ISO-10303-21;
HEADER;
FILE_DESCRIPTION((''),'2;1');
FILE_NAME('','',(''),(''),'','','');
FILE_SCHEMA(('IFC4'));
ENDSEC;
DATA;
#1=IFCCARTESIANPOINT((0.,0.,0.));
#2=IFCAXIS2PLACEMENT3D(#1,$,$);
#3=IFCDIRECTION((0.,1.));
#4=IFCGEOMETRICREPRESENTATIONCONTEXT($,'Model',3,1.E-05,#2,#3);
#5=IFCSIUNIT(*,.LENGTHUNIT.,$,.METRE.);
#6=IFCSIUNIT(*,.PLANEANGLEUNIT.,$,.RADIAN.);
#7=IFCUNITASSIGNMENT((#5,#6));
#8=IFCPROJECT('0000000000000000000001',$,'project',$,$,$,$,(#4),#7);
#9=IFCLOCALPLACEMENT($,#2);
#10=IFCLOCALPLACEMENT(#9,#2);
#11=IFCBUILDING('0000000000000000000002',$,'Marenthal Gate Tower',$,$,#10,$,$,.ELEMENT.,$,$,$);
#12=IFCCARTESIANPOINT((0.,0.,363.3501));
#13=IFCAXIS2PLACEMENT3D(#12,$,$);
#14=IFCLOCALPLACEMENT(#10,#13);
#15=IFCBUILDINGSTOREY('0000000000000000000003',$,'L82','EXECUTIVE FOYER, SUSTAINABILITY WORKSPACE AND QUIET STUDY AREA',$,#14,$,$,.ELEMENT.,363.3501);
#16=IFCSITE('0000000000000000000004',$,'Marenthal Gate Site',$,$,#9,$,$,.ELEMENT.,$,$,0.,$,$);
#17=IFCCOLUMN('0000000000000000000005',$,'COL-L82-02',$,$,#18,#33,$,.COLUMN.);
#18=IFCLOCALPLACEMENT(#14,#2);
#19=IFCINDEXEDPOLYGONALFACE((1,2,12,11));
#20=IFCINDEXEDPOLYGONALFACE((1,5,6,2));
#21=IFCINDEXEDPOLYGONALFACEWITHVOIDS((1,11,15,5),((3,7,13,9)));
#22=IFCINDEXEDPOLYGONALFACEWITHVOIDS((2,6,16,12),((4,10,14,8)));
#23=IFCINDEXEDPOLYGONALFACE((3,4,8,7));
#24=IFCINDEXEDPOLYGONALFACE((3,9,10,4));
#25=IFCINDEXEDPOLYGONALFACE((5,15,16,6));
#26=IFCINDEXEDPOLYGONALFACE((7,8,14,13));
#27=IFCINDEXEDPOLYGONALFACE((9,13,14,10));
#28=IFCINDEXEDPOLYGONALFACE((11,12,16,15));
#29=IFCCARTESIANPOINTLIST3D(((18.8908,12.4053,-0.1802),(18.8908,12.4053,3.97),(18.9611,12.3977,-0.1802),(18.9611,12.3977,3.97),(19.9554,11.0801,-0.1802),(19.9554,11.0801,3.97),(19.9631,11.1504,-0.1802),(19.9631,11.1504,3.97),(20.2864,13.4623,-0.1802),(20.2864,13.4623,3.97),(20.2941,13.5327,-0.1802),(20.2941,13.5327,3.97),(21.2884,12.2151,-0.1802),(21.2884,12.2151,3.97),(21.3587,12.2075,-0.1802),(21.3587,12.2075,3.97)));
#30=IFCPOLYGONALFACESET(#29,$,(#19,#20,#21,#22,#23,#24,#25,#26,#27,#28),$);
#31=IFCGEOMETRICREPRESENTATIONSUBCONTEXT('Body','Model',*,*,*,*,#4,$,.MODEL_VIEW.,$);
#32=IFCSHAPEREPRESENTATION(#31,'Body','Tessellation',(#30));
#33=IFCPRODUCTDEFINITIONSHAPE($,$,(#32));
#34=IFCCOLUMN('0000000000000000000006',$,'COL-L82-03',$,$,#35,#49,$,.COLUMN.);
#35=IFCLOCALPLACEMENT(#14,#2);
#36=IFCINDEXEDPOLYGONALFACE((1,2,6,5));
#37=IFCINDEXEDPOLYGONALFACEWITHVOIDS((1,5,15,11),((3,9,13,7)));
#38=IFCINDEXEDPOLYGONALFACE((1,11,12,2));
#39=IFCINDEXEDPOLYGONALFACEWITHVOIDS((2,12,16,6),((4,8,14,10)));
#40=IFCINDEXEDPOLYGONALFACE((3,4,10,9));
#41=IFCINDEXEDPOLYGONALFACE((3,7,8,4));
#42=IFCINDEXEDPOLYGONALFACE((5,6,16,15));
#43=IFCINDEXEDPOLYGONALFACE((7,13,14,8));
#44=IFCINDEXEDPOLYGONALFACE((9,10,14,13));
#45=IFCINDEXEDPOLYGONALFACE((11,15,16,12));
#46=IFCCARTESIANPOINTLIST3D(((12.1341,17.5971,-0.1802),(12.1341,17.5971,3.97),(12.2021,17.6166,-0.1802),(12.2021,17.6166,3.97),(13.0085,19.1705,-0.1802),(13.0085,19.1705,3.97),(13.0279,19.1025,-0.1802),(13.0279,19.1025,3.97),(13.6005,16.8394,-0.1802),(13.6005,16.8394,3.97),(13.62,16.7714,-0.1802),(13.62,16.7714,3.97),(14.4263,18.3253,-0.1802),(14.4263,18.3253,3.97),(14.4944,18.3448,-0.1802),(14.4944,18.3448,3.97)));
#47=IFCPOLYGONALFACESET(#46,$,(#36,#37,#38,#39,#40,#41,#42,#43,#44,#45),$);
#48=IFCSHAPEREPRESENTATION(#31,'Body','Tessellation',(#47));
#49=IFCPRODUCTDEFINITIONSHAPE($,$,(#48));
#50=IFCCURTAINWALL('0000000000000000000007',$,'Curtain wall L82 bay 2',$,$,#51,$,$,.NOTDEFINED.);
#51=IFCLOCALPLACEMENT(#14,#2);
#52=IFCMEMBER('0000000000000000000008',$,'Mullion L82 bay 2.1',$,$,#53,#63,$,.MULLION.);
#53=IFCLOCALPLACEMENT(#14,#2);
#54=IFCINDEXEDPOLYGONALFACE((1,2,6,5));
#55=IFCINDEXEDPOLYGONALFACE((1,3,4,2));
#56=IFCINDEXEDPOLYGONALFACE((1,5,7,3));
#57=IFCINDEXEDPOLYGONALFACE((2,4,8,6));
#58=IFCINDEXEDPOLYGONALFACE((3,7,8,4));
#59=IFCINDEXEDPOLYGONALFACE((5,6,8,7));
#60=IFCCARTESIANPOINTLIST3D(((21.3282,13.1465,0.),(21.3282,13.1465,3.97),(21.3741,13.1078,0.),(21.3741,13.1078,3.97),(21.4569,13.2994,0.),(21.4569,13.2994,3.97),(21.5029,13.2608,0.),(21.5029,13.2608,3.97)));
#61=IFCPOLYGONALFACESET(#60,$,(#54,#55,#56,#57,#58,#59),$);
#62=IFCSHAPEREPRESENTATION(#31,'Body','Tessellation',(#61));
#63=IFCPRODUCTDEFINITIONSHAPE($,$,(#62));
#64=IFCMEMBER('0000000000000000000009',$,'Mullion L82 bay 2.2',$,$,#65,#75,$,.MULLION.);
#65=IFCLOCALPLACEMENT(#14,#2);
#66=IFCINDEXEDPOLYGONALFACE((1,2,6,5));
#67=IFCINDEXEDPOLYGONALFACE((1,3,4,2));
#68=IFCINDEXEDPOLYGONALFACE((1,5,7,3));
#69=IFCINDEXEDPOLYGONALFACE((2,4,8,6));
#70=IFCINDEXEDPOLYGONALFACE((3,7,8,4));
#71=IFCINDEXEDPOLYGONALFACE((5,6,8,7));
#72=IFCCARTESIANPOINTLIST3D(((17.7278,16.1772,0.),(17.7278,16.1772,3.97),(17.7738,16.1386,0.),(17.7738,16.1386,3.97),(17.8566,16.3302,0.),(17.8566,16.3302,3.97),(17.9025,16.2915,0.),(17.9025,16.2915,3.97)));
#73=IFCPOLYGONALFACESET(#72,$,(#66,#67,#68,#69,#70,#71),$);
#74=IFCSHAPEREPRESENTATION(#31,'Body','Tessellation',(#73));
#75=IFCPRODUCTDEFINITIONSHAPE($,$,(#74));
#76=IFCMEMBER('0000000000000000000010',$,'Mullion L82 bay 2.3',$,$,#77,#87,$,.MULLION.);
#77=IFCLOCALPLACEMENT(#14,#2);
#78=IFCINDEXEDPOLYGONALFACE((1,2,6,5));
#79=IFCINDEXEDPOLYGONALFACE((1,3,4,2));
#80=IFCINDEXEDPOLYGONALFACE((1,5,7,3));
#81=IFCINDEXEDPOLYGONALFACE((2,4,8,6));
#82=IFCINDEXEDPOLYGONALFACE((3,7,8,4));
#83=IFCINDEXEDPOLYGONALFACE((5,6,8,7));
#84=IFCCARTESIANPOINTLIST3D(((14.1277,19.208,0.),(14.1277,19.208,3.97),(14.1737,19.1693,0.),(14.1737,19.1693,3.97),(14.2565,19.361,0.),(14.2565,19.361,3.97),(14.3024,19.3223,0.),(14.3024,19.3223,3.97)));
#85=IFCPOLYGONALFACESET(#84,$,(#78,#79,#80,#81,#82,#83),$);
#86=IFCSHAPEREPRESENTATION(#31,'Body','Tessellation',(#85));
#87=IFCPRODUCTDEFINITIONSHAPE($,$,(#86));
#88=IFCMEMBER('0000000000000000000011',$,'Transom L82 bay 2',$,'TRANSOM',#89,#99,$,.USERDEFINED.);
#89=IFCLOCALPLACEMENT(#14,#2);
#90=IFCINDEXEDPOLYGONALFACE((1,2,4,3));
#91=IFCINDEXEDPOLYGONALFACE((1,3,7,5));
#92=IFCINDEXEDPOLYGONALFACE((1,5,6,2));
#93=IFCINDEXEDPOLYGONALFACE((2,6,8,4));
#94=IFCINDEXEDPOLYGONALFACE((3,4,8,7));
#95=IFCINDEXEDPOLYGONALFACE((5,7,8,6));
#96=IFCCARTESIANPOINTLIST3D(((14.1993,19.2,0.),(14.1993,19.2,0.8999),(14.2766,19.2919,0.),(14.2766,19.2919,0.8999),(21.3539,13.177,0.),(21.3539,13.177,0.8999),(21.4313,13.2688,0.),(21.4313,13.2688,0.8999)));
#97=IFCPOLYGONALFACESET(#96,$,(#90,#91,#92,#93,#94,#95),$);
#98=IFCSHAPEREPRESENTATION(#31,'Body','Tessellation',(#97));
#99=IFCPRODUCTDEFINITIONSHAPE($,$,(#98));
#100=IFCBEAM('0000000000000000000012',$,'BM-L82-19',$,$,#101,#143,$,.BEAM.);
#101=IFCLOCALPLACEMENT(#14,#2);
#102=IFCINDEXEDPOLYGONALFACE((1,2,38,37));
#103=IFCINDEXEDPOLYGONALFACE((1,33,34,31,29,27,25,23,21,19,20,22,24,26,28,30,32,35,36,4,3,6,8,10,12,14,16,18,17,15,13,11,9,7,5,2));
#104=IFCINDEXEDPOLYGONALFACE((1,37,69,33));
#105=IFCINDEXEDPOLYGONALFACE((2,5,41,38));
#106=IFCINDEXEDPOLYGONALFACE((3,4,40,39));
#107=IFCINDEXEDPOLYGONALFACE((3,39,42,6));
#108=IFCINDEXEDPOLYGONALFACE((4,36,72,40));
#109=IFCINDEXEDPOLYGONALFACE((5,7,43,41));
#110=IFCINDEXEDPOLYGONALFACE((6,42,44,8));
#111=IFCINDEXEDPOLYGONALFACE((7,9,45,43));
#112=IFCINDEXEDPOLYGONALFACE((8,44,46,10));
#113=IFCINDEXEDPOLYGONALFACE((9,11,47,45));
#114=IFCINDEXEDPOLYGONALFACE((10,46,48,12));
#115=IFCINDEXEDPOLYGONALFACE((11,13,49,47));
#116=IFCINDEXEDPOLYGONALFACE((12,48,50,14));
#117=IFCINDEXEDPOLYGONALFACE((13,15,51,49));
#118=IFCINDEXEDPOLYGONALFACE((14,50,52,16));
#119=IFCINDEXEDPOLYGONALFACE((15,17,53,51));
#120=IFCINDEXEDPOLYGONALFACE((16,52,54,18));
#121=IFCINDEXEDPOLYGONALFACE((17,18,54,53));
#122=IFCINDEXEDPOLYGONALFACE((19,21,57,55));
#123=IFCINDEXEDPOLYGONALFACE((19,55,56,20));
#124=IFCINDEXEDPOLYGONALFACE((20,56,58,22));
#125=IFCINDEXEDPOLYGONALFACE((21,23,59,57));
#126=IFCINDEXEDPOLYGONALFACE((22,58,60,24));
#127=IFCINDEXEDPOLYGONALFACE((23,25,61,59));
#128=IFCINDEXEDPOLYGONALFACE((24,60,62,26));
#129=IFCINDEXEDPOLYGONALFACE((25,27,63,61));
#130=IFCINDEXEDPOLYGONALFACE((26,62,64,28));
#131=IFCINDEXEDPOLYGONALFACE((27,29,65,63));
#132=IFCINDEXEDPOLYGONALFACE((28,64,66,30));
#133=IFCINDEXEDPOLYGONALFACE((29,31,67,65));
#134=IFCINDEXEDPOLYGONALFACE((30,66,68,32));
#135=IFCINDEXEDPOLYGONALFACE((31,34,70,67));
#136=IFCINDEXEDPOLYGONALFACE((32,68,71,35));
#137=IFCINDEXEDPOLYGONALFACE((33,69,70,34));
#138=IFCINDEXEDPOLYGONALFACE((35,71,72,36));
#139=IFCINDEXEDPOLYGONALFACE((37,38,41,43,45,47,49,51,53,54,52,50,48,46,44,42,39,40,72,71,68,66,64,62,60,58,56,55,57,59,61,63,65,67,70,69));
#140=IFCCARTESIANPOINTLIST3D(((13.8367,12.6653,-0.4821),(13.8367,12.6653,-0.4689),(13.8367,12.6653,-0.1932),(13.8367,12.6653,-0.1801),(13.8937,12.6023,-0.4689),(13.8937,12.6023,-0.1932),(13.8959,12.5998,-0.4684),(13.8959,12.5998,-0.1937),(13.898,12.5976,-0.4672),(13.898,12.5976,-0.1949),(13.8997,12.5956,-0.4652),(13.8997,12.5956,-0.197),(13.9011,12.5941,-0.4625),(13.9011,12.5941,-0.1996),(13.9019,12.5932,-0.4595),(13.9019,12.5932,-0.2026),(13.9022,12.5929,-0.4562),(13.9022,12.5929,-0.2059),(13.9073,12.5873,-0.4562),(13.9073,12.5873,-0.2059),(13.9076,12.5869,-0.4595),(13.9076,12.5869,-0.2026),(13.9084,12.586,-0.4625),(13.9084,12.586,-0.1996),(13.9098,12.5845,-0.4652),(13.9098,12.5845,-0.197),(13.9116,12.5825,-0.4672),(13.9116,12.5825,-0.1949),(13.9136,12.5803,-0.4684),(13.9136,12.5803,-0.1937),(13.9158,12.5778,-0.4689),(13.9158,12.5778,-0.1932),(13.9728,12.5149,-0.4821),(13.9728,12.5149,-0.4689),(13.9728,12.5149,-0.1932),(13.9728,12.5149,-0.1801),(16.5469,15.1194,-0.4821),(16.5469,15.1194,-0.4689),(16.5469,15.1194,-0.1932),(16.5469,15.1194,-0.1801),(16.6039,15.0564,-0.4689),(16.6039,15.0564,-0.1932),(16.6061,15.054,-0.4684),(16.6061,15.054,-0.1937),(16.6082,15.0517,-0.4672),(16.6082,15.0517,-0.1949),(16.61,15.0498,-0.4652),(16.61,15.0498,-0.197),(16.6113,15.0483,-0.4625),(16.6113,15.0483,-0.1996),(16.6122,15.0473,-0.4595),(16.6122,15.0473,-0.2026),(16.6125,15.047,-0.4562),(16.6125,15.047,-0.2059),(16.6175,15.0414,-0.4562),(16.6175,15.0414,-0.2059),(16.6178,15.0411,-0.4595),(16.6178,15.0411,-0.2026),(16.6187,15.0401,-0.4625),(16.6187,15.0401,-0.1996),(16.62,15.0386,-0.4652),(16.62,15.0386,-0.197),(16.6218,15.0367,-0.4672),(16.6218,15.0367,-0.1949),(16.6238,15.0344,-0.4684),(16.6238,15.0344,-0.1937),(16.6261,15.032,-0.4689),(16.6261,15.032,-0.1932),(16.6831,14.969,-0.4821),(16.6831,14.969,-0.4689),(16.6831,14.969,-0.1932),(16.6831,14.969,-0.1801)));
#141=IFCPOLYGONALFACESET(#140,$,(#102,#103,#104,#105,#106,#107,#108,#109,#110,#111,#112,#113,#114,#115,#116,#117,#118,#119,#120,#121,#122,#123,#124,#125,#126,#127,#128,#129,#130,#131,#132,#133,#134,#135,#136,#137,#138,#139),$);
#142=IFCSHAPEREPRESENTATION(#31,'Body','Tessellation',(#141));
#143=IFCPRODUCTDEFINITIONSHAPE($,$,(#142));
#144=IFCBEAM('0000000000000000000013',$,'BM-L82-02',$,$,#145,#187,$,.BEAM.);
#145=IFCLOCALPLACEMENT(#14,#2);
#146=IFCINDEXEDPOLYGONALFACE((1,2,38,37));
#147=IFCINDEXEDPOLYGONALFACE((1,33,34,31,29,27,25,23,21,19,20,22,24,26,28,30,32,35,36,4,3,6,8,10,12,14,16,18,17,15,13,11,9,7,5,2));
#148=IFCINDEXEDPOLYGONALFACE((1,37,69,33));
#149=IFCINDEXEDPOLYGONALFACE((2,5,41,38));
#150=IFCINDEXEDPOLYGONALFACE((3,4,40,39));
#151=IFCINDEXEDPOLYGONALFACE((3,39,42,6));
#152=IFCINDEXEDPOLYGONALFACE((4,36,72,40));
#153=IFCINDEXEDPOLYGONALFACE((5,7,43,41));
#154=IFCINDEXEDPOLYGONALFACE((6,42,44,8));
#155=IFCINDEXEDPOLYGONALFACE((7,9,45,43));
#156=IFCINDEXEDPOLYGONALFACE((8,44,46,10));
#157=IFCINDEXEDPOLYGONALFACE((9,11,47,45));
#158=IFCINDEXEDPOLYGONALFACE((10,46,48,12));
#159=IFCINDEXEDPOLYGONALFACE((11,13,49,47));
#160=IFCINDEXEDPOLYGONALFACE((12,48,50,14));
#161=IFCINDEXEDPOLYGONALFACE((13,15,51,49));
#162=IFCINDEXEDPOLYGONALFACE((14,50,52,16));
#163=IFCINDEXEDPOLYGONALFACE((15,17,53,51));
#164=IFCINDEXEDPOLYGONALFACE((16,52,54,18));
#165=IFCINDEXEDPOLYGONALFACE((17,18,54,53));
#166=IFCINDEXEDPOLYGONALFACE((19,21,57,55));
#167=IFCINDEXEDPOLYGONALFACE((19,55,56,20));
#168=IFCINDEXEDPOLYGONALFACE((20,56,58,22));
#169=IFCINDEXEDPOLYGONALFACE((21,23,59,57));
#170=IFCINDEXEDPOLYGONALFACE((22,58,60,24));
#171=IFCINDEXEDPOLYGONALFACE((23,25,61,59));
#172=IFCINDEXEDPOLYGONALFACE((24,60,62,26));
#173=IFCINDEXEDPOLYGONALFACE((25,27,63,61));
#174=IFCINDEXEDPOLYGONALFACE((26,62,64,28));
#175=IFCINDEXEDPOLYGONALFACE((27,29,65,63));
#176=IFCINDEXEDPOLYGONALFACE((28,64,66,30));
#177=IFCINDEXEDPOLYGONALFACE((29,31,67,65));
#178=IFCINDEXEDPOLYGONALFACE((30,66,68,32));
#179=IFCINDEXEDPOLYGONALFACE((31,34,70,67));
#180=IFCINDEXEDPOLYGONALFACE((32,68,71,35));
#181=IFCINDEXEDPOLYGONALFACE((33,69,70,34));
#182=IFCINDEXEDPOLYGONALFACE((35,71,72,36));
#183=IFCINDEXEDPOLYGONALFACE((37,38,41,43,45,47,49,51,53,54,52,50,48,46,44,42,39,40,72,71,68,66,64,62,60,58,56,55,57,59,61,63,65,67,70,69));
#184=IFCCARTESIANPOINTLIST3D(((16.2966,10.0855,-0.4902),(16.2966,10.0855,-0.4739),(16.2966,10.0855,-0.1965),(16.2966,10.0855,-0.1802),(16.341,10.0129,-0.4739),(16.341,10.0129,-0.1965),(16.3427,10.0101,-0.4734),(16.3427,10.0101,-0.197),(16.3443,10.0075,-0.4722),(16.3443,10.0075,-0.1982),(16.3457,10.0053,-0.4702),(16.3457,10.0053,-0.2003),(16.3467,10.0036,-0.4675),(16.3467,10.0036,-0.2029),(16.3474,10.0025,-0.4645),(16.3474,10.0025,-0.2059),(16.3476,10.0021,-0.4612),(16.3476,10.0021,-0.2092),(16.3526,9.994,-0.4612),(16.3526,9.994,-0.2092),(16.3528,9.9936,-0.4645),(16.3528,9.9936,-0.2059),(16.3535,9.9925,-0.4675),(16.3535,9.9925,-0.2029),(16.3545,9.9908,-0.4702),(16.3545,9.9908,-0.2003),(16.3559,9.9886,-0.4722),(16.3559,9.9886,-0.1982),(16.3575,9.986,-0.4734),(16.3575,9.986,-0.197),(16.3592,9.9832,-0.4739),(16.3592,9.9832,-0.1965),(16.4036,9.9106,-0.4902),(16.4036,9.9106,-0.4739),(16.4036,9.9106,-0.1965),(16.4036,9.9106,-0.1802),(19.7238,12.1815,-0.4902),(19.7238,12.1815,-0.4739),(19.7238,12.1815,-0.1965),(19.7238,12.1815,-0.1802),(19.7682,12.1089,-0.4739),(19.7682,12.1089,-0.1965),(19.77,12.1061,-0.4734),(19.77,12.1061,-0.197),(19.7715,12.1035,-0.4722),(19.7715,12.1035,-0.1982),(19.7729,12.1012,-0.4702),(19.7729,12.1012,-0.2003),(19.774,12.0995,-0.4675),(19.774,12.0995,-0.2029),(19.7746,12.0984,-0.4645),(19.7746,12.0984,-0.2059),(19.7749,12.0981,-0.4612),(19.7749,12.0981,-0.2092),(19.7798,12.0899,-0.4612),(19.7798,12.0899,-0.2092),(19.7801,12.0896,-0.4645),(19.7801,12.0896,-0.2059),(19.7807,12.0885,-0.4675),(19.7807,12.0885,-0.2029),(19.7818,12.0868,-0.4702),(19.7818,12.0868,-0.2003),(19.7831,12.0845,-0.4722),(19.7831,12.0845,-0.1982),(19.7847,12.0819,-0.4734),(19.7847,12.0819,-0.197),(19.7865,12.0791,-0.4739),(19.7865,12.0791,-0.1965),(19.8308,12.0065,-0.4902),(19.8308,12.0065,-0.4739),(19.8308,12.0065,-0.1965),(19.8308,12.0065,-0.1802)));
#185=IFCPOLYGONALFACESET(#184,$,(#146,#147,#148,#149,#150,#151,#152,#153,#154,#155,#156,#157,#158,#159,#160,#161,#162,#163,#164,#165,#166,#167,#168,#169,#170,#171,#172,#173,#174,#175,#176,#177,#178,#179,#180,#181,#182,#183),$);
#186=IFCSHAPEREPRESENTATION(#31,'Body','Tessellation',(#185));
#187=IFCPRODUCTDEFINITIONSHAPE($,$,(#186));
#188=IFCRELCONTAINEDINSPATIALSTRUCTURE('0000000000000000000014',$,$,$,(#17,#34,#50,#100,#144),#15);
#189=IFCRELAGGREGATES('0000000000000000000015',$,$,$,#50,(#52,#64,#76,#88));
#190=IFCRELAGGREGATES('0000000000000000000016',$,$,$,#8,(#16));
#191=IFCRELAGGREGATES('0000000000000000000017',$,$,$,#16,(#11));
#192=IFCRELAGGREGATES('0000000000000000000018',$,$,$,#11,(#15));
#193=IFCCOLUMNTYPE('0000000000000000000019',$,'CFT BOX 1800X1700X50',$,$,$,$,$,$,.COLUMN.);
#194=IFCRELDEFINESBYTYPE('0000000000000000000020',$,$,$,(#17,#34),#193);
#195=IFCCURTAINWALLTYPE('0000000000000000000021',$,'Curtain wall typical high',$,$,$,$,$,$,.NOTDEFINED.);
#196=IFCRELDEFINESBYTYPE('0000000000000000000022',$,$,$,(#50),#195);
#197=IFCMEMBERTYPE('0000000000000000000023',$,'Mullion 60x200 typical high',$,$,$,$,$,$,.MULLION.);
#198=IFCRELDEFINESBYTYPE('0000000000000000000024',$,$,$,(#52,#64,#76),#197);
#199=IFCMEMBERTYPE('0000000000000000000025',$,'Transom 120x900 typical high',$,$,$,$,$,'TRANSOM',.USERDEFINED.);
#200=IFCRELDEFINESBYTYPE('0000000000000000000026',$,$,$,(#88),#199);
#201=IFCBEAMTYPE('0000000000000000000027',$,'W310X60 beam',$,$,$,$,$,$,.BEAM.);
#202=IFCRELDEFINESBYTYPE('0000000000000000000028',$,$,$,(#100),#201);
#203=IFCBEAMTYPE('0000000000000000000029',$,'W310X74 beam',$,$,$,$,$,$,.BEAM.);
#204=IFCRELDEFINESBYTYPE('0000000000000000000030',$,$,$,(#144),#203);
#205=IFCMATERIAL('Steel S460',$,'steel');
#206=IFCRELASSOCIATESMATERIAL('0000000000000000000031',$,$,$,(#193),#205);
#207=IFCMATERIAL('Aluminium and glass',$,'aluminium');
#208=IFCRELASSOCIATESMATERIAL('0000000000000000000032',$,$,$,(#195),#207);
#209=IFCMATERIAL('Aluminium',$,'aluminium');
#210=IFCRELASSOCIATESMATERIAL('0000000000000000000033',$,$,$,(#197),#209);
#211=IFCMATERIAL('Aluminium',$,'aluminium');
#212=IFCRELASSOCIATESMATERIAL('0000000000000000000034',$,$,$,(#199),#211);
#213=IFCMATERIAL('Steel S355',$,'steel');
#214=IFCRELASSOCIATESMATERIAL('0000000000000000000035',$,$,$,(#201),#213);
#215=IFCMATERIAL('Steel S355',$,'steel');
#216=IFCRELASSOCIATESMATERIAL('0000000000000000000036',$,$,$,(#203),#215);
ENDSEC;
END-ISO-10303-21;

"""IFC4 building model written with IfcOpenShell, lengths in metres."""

from ifc_helpers import new_model, si_unit, direction, frame, origin, origin_2d, place, context, subcontext, project, spatial, rectangle, hollow_rectangle, i_section, extrude, material, material_profile, profile_set, type_object, element, aggregate, save


model = new_model("IFC4")

# Units and contexts
model_context = context("Model", 3, precision=1e-05, world=origin(), true_north=direction((0.0, 1.0)))
body_context = subcontext(model_context, "Body", "Model", "MODEL_VIEW")
ifc_project = project(units=[si_unit("LENGTHUNIT", "METRE"), si_unit("PLANEANGLEUNIT", "RADIAN")], contexts=[model_context])

# Site, building, storey
site_placement = place(None, origin())
site = spatial("IfcSite", under=ifc_project, at=site_placement, Name="Marenthal Gate Site", CompositionType="ELEMENT", RefElevation=0.0)
building_placement = place(site_placement, origin())
building = spatial("IfcBuilding", under=site, at=building_placement, Name="Marenthal Gate Tower", CompositionType="ELEMENT")
storey_placement = place(building_placement, frame((0.0, 0.0, 363.3501)))
storey = spatial("IfcBuildingStorey", under=building, at=storey_placement, Name="L82", Description="EXECUTIVE FOYER, SUSTAINABILITY WORKSPACE AND QUIET STUDY AREA", CompositionType="ELEMENT", Elevation=363.3501)

# Columns
ifc_material_1 = material(Name="Steel S460", Category="steel")
ifc_material_profile_1 = material_profile(ifc_material_1, hollow_rectangle(XDim=1.7, YDim=1.8, WallThickness=0.05, at=origin_2d()), Name="CFT BOX 1800X1700X50")
ifc_material_2 = material(Name="Concrete 70 MPa", Category="concrete")
ifc_material_profile_2 = material_profile(ifc_material_2, rectangle(XDim=1.6001, YDim=1.7, at=origin_2d()), Name="CFT BOX 1800X1700X50 INFILL")
ifc_profile_set_1 = profile_set([ifc_material_profile_1, ifc_material_profile_2], Name="Steel S460 shell, Concrete 70 MPa infill")
column_type = type_object("IfcColumnType", Name="CFT BOX 1800X1700X50", PredefinedType="COLUMN", material=ifc_profile_set_1)
for number, where, z_axis, x_axis, name in (
    (1, (20.1248, 12.3064, -0.1802), (0.0, 0.0, 1.0), (0.626296, -0.779585, 0.0), "COL-L82-02"),
    (2, (13.3142, 17.9709, -0.1802), (0.0, 0.0, 1.0), (0.874089, -0.485765, 0.0), "COL-L82-03"),
):
    element("IfcColumn", number, at=place(storey_placement, frame(where, z_axis=z_axis, x_axis=x_axis)), inside=storey, type_object=column_type, Name=name, PredefinedType="COLUMN", context=body_context, shape_type="SweptSolid", body=[
        extrude(hollow_rectangle(XDim=1.7, YDim=1.8, WallThickness=0.05, at=origin_2d()), origin(), (0.0, 0.0, 1.0), 4.1501),
    ])

# Curtain wall, members
ifc_material_3 = material(Name="Aluminium and glass", Category="aluminium")
curtain_wall_type = type_object("IfcCurtainWallType", Name="Curtain wall typical high", PredefinedType="NOTDEFINED", material=ifc_material_3)
curtain_wall_placement = place(storey_placement, origin())
curtain_wall = element("IfcCurtainWall", 3, at=curtain_wall_placement, inside=storey, type_object=curtain_wall_type, Name="Curtain wall L82 bay 2", PredefinedType="NOTDEFINED")
ifc_material_4 = material(Name="Aluminium", Category="aluminium")
ifc_material_profile_3 = material_profile(ifc_material_4, rectangle(XDim=0.2, YDim=0.0601, at=origin_2d()), Name="60x200 aluminium mullion")
ifc_profile_set_2 = profile_set([ifc_material_profile_3], Name="Aluminium")
member_type_1 = type_object("IfcMemberType", Name="Mullion 60x200 typical high", PredefinedType="MULLION", material=ifc_profile_set_2)
member_1_placement = place(storey_placement, frame((21.4155, 13.2036, 0.0), z_axis=(0.0, 0.0, 1.0), x_axis=(-0.644023, -0.765006, 0.0)))
member_1 = element("IfcMember", 4, at=member_1_placement, type_object=member_type_1, Name="Mullion L82 bay 2.1", PredefinedType="MULLION", context=body_context, shape_type="SweptSolid", body=[
    extrude(rectangle(XDim=0.2, YDim=0.0601, at=origin_2d()), origin(), (0.0, 0.0, 1.0), 3.97),
])
member_2_placement = place(storey_placement, frame((17.8152, 16.2344, 0.0), z_axis=(0.0, 0.0, 1.0), x_axis=(-0.644023, -0.765006, 0.0)))
member_2 = element("IfcMember", 5, at=member_2_placement, type_object=member_type_1, Name="Mullion L82 bay 2.2", PredefinedType="MULLION", context=body_context, shape_type="SweptSolid", body=[
    extrude(rectangle(XDim=0.2, YDim=0.0601, at=origin_2d()), origin(), (0.0, 0.0, 1.0), 3.97),
])
member_3_placement = place(storey_placement, frame((14.2151, 19.2651, 0.0), z_axis=(0.0, 0.0, 1.0), x_axis=(-0.644023, -0.765006, 0.0)))
member_3 = element("IfcMember", 6, at=member_3_placement, type_object=member_type_1, Name="Mullion L82 bay 2.3", PredefinedType="MULLION", context=body_context, shape_type="SweptSolid", body=[
    extrude(rectangle(XDim=0.2, YDim=0.0601, at=origin_2d()), origin(), (0.0, 0.0, 1.0), 3.97),
])
ifc_material_5 = material(Name="Aluminium", Category="aluminium")
ifc_material_profile_4 = material_profile(ifc_material_5, rectangle(XDim=0.1201, YDim=0.8999, at=origin_2d()), Name="120x900 aluminium transom")
ifc_profile_set_3 = profile_set([ifc_material_profile_4], Name="Aluminium")
member_type_2 = type_object("IfcMemberType", Name="Transom 120x900 typical high", ElementType="TRANSOM", PredefinedType="USERDEFINED", material=ifc_profile_set_3)
member_4_placement = place(storey_placement, frame((21.3926, 13.2229, 0.45), z_axis=(-0.765013, 0.644015, 0.0), x_axis=(-0.644015, -0.765013, 0.0)))
member_4 = element("IfcMember", 7, at=member_4_placement, type_object=member_type_2, Name="Transom L82 bay 2", ObjectType="TRANSOM", PredefinedType="USERDEFINED", context=body_context, shape_type="SweptSolid", body=[
    extrude(rectangle(XDim=0.1201, YDim=0.8999, at=origin_2d()), origin(), (0.0, 0.0, 1.0), 9.3523),
])

# Beams
ifc_material_6 = material(Name="Steel S355", Category="steel")
ifc_material_profile_5 = material_profile(ifc_material_6, i_section(OverallWidth=0.2029, OverallDepth=0.302, WebThickness=0.0076, FlangeThickness=0.0132, FilletRadius=0.0127, at=origin_2d()), Name="W310X60")
ifc_profile_set_4 = profile_set([ifc_material_profile_5], Name="Steel S355")
beam_type_1 = type_object("IfcBeamType", Name="W310X60 beam", PredefinedType="BEAM", material=ifc_profile_set_4)
beam_1_placement = place(storey_placement, frame((16.615, 15.0442, -0.3311), z_axis=(-0.741262, -0.671216, 0.0), x_axis=(0.671216, -0.741262, 0.0)))
element("IfcBeam", 8, at=beam_1_placement, inside=storey, type_object=beam_type_1, Name="BM-L82-19", PredefinedType="BEAM", context=body_context, shape_type="SweptSolid", body=[
    extrude(i_section(OverallWidth=0.2029, OverallDepth=0.302, WebThickness=0.0076, FlangeThickness=0.0132, FilletRadius=0.0127, at=origin_2d()), origin(), (0.0, 0.0, 1.0), 3.6562),
])
ifc_material_7 = material(Name="Steel S355", Category="steel")
ifc_material_profile_6 = material_profile(ifc_material_7, i_section(OverallWidth=0.2051, OverallDepth=0.3101, WebThickness=0.0095, FlangeThickness=0.0164, FilletRadius=0.0127, at=origin_2d()), Name="W310X74")
ifc_profile_set_5 = profile_set([ifc_material_profile_6], Name="Steel S355")
beam_type_2 = type_object("IfcBeamType", Name="W310X74 beam", PredefinedType="BEAM", material=ifc_profile_set_5)
beam_2_placement = place(storey_placement, frame((19.7773, 12.094, -0.3352), z_axis=(-0.853114, -0.521725, 0.0), x_axis=(0.521725, -0.853114, 0.0)))
element("IfcBeam", 9, at=beam_2_placement, inside=storey, type_object=beam_type_2, Name="BM-L82-02", PredefinedType="BEAM", context=body_context, shape_type="SweptSolid", body=[
    extrude(i_section(OverallWidth=0.2051, OverallDepth=0.3101, WebThickness=0.0095, FlangeThickness=0.0164, FilletRadius=0.0127, at=origin_2d()), origin(), (0.0, 0.0, 1.0), 4.0173),
])

aggregate(curtain_wall, [member_1, member_2, member_3, member_4])

save(model, "model.ifc")
